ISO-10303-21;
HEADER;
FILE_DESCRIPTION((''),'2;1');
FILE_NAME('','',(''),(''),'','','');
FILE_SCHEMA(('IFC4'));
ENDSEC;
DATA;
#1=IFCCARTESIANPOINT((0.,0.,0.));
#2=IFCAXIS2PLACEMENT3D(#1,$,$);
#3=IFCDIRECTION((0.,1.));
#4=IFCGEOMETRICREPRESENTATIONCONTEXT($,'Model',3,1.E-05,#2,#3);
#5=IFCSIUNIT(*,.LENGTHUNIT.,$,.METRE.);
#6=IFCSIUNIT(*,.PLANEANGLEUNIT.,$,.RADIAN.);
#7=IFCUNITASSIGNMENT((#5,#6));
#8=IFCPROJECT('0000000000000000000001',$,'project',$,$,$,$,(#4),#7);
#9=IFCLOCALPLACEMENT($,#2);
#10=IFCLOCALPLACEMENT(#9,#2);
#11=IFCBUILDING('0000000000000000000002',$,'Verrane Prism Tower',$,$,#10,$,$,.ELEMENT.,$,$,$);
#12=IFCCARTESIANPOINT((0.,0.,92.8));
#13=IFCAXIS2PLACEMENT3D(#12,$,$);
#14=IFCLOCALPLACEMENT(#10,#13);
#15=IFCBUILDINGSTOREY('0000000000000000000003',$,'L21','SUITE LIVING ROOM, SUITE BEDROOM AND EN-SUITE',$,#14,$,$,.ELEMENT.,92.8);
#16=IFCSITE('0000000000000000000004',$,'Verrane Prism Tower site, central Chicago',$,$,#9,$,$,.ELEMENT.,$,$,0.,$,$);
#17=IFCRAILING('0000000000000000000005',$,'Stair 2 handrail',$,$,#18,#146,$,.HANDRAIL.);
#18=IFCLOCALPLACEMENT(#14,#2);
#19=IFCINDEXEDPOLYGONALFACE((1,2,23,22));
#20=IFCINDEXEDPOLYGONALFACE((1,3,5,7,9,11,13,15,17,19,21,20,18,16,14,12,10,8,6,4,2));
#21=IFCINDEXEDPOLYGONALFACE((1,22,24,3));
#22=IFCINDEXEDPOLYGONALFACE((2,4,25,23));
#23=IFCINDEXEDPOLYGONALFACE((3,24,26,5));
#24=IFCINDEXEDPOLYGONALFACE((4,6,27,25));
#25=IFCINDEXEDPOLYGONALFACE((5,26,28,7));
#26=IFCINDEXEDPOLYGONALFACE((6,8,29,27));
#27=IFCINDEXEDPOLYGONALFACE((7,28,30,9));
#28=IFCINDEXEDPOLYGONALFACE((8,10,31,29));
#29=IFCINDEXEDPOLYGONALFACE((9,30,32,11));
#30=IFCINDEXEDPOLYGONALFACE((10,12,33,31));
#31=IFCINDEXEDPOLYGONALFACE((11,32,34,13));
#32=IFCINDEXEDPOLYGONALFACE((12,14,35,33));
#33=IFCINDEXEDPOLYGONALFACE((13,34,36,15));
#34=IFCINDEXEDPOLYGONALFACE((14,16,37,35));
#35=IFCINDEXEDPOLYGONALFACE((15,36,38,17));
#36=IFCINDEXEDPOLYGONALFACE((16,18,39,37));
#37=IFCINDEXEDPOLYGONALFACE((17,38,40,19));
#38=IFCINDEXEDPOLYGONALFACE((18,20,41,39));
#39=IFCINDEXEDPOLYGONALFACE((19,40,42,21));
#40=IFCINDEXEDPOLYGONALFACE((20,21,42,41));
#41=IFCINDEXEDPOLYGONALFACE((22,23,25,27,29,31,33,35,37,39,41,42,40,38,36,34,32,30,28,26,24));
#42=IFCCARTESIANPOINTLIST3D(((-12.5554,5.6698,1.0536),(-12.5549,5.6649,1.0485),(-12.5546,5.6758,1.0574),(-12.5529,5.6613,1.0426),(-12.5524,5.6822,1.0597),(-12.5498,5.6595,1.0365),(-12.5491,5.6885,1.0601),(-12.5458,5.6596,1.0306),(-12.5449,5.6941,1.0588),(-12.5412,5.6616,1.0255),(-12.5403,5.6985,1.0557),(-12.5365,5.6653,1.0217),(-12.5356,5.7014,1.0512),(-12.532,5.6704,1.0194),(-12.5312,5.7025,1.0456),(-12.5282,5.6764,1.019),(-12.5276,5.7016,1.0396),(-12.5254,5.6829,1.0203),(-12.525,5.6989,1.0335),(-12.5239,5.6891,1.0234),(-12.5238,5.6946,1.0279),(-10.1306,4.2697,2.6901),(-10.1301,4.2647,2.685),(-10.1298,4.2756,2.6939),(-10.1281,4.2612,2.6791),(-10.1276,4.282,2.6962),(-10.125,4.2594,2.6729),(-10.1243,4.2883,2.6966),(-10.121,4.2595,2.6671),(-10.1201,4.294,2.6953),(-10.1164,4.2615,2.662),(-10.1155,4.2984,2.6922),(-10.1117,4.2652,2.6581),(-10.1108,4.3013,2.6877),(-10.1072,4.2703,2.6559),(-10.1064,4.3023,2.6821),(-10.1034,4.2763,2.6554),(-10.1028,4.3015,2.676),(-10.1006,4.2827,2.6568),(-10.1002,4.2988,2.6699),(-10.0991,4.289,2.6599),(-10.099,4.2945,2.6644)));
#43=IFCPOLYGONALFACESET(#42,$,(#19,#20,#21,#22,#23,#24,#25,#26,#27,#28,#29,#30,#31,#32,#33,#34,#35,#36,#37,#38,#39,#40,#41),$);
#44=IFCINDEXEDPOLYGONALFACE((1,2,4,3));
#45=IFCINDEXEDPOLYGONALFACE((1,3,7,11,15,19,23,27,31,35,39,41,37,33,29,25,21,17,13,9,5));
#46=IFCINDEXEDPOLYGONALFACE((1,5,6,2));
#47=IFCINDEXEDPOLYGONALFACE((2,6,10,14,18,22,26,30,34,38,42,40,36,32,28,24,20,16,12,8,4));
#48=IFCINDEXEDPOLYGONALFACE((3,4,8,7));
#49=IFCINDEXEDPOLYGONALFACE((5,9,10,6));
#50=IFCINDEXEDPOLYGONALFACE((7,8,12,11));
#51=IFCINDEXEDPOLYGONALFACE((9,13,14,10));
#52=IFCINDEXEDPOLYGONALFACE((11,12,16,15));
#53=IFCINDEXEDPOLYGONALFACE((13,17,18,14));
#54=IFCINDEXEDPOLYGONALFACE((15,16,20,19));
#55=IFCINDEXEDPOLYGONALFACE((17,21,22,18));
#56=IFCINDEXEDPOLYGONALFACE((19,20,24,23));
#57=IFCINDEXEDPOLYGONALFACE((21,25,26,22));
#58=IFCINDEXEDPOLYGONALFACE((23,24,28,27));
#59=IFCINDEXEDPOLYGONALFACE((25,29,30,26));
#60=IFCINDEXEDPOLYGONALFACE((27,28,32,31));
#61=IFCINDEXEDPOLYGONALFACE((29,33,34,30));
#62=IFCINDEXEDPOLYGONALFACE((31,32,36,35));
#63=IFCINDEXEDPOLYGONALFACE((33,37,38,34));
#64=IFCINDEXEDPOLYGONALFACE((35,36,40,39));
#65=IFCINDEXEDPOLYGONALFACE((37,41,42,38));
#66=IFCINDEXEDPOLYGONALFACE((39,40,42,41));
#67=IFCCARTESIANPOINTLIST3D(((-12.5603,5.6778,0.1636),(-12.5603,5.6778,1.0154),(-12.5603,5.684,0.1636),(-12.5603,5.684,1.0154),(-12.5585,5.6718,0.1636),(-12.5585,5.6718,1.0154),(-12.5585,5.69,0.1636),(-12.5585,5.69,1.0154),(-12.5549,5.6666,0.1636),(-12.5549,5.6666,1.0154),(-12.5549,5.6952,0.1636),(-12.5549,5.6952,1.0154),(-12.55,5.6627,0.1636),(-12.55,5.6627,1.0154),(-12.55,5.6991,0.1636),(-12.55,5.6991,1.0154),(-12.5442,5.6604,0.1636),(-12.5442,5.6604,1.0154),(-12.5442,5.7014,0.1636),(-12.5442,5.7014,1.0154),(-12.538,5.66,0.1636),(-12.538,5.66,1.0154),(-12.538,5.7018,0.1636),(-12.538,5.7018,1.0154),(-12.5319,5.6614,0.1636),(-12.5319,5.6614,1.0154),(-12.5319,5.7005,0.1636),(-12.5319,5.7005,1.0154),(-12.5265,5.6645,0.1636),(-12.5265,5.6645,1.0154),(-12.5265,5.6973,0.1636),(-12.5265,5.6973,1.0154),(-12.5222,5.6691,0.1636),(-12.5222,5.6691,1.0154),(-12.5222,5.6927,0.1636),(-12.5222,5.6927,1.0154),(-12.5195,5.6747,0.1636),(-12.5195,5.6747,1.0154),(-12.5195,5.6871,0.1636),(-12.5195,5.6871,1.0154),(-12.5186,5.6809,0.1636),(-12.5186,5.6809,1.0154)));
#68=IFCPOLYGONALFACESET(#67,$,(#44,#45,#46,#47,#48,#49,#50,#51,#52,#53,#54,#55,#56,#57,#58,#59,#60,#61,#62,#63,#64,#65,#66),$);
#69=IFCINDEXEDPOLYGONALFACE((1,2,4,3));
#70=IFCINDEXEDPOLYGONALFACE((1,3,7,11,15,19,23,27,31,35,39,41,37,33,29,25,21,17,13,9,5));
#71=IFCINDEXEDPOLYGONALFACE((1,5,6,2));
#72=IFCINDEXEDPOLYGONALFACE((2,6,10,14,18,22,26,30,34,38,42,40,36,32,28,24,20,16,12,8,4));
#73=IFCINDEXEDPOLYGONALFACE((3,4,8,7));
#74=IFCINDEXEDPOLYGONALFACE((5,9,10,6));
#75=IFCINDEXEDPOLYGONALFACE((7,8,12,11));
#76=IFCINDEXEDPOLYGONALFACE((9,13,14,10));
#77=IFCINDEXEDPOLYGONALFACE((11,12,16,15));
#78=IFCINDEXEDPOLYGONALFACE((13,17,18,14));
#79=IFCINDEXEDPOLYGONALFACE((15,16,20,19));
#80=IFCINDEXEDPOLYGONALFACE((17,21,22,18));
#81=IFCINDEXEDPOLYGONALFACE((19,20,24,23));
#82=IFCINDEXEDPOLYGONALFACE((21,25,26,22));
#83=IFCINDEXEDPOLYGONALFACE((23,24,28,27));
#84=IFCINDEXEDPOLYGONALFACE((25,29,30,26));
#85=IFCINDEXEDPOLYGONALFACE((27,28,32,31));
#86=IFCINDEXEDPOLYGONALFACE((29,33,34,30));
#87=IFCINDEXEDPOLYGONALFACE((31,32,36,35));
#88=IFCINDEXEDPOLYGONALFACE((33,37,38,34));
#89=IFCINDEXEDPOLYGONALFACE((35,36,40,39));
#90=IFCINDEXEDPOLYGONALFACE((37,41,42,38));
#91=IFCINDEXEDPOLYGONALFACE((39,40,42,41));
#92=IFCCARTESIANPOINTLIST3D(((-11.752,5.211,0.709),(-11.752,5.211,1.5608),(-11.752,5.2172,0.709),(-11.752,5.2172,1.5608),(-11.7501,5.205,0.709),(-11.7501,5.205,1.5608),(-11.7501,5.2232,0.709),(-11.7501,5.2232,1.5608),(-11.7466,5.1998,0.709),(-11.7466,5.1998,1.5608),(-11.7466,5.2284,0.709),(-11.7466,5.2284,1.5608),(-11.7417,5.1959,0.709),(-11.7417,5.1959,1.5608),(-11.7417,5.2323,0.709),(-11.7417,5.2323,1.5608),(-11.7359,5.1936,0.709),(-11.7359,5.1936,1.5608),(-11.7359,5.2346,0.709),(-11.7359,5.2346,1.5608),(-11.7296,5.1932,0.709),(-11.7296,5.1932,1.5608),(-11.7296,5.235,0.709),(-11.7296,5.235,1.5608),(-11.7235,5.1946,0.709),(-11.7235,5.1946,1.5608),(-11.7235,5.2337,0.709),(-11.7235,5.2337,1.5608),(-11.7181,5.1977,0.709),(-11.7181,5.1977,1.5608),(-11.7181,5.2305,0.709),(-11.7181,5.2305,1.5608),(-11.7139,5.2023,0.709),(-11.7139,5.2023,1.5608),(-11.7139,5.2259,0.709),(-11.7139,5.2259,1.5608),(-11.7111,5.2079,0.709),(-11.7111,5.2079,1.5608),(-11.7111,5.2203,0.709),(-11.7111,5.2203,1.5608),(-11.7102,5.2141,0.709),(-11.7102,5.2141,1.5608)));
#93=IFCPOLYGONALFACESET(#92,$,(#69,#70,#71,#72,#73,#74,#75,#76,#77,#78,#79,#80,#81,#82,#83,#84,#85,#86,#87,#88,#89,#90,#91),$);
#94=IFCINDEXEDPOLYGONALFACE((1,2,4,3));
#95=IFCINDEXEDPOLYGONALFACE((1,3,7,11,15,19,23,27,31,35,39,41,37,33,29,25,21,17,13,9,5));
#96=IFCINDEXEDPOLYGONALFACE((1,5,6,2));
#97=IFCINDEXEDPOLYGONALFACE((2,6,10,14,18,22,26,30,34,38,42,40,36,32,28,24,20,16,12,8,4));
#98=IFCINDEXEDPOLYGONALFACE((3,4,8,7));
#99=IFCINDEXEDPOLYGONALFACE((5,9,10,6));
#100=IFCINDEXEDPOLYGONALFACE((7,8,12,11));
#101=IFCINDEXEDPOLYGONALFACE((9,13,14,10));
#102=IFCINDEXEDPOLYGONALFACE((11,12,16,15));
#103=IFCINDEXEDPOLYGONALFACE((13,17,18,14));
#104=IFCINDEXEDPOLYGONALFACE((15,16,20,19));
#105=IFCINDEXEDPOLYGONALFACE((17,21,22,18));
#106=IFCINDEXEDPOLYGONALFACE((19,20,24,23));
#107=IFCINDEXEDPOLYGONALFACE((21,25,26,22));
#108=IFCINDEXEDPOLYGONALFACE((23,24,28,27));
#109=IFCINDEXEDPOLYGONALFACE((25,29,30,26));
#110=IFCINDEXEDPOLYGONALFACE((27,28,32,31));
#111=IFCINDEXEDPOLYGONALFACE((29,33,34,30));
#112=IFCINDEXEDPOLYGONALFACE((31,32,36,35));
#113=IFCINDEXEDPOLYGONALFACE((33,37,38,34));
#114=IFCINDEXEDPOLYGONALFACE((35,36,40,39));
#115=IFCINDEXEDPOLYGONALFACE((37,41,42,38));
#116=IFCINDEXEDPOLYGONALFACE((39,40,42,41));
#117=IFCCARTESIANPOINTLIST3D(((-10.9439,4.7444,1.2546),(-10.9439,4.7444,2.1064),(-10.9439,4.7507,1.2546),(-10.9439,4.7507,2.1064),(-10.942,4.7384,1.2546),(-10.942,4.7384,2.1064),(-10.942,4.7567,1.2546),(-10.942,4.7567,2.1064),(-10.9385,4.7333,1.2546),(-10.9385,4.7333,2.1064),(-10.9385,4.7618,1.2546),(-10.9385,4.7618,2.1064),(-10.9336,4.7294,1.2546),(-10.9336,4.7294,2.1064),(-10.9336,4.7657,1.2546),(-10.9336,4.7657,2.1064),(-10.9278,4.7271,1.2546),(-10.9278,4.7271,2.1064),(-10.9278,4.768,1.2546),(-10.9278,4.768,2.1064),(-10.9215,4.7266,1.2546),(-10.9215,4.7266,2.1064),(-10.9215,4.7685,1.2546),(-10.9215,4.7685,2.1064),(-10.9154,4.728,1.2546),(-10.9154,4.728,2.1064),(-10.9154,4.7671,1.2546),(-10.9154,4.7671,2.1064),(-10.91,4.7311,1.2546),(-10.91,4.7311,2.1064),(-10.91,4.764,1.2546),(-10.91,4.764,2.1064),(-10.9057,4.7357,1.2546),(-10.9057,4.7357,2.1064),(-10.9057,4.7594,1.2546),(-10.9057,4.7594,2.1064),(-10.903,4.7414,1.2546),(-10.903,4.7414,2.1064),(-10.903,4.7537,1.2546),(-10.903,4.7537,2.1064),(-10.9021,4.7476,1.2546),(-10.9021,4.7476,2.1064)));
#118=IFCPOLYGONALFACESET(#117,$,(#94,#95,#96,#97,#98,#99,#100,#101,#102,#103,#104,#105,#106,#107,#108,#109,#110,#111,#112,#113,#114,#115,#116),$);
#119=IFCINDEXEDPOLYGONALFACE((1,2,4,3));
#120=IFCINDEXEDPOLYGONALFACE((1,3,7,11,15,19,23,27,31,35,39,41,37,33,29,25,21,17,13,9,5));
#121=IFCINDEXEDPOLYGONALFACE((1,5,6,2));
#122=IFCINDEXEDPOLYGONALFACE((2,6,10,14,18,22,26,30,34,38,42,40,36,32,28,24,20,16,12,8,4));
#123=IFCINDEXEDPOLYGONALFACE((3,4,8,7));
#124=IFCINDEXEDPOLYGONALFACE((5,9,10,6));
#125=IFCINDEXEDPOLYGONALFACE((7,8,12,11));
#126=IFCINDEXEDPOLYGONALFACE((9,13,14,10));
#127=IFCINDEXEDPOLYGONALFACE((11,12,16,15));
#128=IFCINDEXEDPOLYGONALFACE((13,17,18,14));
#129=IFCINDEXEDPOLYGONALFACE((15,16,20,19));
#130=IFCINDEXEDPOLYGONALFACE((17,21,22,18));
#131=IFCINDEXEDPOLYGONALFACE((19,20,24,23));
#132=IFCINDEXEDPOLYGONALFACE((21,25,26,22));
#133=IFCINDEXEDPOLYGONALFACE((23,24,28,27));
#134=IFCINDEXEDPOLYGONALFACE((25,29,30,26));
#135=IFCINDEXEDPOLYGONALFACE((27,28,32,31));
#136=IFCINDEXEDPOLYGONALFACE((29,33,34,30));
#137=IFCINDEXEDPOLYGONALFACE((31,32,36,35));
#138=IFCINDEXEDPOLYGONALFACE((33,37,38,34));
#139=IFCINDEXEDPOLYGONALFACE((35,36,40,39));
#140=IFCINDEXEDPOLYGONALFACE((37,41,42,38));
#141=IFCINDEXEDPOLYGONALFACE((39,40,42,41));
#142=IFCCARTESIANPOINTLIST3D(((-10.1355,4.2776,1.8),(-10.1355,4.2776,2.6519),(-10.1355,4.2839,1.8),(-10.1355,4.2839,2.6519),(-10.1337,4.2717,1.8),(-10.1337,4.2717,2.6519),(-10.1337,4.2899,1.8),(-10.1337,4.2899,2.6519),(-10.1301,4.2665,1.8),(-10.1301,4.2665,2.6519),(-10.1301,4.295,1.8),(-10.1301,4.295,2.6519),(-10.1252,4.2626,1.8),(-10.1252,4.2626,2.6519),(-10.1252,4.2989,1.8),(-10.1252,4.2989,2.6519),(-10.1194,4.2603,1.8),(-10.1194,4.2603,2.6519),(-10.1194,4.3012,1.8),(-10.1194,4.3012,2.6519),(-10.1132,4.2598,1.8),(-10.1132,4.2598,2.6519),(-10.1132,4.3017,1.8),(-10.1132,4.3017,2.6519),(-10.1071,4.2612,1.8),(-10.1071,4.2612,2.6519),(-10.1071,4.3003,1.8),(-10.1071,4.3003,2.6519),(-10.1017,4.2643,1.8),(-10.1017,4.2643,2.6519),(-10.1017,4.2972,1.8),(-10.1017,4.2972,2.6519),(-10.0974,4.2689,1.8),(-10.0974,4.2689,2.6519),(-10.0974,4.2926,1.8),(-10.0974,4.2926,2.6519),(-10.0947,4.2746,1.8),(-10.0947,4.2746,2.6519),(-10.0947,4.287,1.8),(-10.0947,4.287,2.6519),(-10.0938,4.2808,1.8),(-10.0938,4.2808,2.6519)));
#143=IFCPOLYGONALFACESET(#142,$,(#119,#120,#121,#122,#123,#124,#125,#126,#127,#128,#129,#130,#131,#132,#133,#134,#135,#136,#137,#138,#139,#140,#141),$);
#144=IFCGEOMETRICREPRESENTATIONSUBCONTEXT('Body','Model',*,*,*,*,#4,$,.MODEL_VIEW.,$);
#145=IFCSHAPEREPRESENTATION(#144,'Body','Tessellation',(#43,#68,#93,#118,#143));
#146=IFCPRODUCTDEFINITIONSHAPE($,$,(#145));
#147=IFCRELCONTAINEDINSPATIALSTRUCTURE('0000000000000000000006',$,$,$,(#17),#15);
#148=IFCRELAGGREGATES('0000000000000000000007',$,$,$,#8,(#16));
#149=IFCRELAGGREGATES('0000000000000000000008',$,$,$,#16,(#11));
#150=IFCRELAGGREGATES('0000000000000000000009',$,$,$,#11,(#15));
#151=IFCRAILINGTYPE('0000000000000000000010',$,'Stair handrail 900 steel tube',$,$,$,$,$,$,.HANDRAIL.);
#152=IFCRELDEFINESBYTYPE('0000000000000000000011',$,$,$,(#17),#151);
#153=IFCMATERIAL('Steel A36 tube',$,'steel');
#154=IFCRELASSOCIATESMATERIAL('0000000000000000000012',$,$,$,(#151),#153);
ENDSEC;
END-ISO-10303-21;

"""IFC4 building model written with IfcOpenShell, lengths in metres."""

from ifc_helpers import new_model, si_unit, direction, frame, origin, origin_2d, place, context, subcontext, project, spatial, circle, extrude, material, type_object, element, save


model = new_model("IFC4")

# Units and contexts
model_context = context("Model", 3, precision=1e-05, world=origin(), true_north=direction((0.0, 1.0)))
body_context = subcontext(model_context, "Body", "Model", "MODEL_VIEW")
ifc_project = project(units=[si_unit("LENGTHUNIT", "METRE"), si_unit("PLANEANGLEUNIT", "RADIAN")], contexts=[model_context])

# Site, building, storey
site_placement = place(None, origin())
site = spatial("IfcSite", under=ifc_project, at=site_placement, Name="Verrane Prism Tower site, central Chicago", CompositionType="ELEMENT", RefElevation=0.0)
building_placement = place(site_placement, origin())
building = spatial("IfcBuilding", under=site, at=building_placement, Name="Verrane Prism Tower", CompositionType="ELEMENT")
storey_placement = place(building_placement, frame((0.0, 0.0, 92.8)))
storey = spatial("IfcBuildingStorey", under=building, at=storey_placement, Name="L21", Description="SUITE LIVING ROOM, SUITE BEDROOM AND EN-SUITE", CompositionType="ELEMENT", Elevation=92.8)

# Railing
ifc_material_1 = material(Name="Steel A36 tube", Category="steel")
railing_type_1 = type_object("IfcRailingType", Name="Stair handrail 900 steel tube", PredefinedType="HANDRAIL", material=ifc_material_1)
railing_1_placement = place(storey_placement, frame((-12.5396, 5.6809, 0.1636)))
element("IfcRailing", 1, at=railing_1_placement, inside=storey, type_object=railing_type_1, Name="Stair 2 handrail", PredefinedType="HANDRAIL", context=body_context, shape_type="SweptSolid", body=[
    extrude(circle(Radius=0.0239, at=origin_2d()), frame((0.0, 0.0, 0.876), z_axis=(0.747666, -0.431722, 0.504591), x_axis=(0.50005, 0.865997, 0.0)), (0.0, 0.0, 1.0), 3.2432),
    extrude(circle(Radius=0.021, at=origin_2d()), origin(), (0.0, 0.0, 1.0), 0.8518),
    extrude(circle(Radius=0.021, at=origin_2d()), frame((0.8083, -0.4668, 0.5454)), (0.0, 0.0, 1.0), 0.8518),
    extrude(circle(Radius=0.021, at=origin_2d()), frame((1.6165, -0.9333, 1.0911)), (0.0, 0.0, 1.0), 0.8518),
    extrude(circle(Radius=0.021, at=origin_2d()), frame((2.4248, -1.4001, 1.6365)), (0.0, 0.0, 1.0), 0.8518),
])

save(model, "model.ifc")
